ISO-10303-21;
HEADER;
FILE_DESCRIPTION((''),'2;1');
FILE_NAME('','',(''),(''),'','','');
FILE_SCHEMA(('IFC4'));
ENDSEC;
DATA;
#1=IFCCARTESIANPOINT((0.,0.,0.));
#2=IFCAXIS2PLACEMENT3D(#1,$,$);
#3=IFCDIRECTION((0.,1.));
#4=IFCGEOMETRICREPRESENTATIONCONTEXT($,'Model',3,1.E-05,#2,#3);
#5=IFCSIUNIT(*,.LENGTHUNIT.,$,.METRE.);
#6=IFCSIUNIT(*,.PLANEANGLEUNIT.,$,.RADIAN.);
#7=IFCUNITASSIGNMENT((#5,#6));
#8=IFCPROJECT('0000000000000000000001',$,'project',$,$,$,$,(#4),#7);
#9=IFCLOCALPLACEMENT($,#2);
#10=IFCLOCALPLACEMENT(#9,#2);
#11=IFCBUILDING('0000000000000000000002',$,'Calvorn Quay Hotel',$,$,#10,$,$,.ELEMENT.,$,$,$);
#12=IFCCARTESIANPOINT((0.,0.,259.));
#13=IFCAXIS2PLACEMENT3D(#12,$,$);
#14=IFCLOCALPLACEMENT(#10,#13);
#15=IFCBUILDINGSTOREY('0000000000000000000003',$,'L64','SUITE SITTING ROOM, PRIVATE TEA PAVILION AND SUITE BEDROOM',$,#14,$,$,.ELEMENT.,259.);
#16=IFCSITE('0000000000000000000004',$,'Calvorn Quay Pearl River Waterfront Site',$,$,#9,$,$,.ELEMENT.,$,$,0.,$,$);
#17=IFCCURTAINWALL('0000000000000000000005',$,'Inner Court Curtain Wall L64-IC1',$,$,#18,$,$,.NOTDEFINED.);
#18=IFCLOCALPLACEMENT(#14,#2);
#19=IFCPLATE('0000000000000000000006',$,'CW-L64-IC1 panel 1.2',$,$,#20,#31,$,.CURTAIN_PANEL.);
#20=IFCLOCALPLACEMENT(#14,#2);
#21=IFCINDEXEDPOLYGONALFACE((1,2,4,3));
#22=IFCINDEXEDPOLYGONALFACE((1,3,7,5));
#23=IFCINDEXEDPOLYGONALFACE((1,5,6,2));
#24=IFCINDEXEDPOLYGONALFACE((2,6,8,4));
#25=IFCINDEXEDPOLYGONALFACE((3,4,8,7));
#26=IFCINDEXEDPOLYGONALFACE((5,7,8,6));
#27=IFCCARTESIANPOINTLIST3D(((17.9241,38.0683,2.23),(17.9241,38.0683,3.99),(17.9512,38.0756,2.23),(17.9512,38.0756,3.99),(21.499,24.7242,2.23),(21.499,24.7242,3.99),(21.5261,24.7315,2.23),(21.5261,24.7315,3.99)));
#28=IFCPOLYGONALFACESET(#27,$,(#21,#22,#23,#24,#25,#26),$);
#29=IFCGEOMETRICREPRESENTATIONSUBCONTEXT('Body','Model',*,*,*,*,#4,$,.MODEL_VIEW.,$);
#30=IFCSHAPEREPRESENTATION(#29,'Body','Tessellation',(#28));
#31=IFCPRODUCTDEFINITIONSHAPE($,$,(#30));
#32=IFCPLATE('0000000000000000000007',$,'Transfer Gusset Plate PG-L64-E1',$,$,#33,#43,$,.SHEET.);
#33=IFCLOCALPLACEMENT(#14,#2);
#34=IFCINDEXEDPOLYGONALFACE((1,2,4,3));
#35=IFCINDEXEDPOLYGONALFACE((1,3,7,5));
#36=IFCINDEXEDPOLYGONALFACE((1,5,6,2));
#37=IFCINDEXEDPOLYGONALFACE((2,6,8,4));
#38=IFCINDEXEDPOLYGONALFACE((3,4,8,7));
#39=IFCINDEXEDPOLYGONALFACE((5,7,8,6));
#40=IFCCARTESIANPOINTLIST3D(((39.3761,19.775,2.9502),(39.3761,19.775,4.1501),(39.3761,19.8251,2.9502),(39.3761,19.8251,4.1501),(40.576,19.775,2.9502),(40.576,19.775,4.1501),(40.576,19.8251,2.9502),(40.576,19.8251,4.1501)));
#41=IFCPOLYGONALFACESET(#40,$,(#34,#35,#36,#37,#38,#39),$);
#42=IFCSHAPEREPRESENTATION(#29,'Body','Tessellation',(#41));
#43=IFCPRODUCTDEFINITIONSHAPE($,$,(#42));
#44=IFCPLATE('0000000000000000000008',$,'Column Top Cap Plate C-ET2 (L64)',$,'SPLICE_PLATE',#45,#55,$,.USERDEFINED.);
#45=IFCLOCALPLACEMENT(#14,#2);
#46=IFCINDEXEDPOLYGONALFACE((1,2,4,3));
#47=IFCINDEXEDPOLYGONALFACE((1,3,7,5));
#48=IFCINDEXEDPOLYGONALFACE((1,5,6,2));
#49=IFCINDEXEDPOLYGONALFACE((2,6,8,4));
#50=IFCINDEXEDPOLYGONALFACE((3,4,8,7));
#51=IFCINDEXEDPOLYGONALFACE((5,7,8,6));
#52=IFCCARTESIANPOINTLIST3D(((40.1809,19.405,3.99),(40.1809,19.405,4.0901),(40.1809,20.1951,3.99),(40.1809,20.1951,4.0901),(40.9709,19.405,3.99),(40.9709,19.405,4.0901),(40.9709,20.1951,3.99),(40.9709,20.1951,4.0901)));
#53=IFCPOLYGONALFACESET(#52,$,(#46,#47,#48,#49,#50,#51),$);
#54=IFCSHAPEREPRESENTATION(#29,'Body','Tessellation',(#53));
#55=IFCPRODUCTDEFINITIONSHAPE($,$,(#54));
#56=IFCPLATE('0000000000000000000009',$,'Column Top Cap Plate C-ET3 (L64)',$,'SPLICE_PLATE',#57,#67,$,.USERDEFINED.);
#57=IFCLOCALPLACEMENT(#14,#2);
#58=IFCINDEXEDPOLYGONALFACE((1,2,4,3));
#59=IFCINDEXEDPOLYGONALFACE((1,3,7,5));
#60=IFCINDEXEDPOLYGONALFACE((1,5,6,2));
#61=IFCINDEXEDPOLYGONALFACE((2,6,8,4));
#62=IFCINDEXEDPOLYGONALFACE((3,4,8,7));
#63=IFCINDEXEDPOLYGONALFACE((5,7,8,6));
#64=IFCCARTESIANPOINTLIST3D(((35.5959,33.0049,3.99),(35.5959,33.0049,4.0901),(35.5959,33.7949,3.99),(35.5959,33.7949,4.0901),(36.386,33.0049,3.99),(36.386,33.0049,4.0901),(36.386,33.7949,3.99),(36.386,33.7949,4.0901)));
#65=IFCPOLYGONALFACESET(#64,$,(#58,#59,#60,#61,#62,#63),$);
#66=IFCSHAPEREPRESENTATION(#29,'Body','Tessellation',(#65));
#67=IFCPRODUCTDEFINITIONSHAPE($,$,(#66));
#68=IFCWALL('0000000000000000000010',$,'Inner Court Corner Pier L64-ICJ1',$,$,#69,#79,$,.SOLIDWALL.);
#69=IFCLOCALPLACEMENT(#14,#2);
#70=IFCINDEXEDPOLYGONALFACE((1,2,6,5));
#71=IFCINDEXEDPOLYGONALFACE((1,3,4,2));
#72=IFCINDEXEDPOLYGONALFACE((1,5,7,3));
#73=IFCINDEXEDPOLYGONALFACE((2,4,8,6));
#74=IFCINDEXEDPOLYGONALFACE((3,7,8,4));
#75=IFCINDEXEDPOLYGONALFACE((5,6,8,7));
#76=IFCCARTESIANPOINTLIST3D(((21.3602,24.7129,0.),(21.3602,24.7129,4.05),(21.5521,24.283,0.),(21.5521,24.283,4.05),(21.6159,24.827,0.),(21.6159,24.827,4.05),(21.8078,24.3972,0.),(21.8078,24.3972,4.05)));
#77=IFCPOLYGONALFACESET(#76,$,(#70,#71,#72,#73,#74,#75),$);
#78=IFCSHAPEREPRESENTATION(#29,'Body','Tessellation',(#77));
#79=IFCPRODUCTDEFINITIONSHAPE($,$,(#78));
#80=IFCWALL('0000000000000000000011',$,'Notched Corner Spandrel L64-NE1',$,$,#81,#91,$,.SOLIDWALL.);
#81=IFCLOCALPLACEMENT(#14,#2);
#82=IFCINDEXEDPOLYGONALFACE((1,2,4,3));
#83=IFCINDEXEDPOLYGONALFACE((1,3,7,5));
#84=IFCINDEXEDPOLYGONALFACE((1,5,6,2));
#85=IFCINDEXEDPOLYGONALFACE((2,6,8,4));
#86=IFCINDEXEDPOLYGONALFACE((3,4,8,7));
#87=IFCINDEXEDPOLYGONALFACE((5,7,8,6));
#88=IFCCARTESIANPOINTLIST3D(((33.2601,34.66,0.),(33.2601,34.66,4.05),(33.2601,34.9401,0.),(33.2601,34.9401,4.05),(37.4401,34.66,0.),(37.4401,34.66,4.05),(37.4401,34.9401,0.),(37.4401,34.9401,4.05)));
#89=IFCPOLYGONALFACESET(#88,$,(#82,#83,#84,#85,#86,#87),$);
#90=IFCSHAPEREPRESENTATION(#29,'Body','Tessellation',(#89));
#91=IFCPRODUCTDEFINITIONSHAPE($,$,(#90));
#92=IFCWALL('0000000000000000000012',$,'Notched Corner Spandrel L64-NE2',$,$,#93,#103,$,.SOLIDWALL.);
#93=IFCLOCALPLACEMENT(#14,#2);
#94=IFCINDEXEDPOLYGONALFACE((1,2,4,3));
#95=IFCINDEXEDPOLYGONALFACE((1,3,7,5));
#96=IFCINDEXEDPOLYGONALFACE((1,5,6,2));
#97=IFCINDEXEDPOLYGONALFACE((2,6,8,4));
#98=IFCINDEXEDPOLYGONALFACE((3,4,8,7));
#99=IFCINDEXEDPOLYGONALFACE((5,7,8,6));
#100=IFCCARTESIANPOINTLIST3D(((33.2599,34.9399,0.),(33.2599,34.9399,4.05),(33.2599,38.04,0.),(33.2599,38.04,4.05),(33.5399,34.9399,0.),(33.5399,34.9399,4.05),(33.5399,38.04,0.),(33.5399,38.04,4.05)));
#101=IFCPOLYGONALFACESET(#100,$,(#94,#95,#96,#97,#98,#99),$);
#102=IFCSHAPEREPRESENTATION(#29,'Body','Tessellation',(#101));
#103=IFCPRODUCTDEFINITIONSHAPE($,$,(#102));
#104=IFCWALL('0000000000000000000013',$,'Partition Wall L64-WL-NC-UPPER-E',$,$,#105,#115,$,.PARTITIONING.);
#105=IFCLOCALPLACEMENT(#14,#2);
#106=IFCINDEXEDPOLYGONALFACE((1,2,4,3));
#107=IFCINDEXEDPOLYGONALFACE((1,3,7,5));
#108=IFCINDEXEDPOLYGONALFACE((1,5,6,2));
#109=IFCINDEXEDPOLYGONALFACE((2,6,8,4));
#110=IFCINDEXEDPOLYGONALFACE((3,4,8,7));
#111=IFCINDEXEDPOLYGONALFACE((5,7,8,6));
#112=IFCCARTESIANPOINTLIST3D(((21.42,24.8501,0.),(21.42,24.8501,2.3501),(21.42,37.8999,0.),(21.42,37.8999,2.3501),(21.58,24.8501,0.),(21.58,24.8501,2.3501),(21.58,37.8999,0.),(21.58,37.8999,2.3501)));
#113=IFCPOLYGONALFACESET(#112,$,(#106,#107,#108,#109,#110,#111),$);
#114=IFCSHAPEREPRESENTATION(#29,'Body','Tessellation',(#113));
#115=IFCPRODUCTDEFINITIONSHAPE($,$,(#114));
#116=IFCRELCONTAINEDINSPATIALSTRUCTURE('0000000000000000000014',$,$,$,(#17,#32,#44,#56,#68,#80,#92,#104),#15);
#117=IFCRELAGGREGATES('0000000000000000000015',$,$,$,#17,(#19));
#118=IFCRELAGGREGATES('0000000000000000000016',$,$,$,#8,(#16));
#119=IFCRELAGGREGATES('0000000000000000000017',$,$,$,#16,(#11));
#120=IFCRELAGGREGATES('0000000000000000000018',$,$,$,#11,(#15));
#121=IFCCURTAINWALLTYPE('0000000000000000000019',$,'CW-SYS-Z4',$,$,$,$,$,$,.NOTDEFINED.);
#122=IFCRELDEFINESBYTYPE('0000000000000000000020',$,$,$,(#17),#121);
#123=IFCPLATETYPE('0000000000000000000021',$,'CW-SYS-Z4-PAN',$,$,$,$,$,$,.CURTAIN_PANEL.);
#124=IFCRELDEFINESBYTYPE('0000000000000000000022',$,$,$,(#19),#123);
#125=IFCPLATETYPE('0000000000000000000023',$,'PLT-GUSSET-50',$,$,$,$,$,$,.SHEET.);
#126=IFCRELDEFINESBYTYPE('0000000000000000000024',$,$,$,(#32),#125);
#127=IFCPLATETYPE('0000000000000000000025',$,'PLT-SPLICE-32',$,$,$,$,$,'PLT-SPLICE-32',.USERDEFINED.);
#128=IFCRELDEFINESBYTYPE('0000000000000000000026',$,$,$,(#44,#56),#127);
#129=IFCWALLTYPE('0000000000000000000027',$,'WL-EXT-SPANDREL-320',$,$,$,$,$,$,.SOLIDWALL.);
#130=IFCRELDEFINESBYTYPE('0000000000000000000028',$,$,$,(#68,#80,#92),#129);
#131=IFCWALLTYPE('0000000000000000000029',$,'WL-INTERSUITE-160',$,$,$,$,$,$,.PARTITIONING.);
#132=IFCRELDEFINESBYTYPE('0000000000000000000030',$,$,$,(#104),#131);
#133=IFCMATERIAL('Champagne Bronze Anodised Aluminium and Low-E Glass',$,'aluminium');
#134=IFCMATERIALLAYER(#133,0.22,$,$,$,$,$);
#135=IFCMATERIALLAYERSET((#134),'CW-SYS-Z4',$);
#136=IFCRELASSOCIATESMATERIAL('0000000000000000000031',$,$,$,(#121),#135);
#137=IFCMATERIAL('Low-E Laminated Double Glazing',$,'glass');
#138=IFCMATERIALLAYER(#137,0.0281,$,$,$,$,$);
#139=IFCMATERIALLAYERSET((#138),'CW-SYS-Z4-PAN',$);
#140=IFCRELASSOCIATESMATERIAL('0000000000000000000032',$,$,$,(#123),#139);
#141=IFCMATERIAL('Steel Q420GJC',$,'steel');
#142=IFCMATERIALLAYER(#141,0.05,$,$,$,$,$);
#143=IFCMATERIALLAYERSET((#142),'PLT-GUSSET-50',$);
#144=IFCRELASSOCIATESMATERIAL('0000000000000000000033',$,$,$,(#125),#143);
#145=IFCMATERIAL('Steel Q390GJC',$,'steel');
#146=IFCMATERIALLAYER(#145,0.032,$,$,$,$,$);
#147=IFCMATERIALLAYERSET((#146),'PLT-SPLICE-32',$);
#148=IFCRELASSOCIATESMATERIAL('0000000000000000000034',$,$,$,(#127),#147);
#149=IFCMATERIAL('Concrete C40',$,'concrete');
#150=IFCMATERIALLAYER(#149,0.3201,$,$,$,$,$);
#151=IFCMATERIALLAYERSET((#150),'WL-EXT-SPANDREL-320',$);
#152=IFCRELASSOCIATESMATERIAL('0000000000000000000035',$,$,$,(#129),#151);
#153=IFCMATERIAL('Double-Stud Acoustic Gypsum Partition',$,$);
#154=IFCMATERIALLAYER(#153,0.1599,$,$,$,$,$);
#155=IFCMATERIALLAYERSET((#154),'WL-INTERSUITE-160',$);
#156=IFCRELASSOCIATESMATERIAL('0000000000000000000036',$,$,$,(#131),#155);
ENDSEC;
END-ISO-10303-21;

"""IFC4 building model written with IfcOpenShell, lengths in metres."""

from ifc_helpers import new_model, si_unit, direction, frame, frame_2d, origin, origin_2d, place, context, subcontext, project, spatial, rectangle, extrude, material, layer, layer_set, type_object, element, aggregate, save


model = new_model("IFC4")

# Units and contexts
model_context = context("Model", 3, precision=1e-05, world=origin(), true_north=direction((0.0, 1.0)))
body_context = subcontext(model_context, "Body", "Model", "MODEL_VIEW")
ifc_project = project(units=[si_unit("LENGTHUNIT", "METRE"), si_unit("PLANEANGLEUNIT", "RADIAN")], contexts=[model_context])

# Site, building, storey
site_placement = place(None, origin())
site = spatial("IfcSite", under=ifc_project, at=site_placement, Name="Calvorn Quay Pearl River Waterfront Site", CompositionType="ELEMENT", RefElevation=0.0)
building_placement = place(site_placement, origin())
building = spatial("IfcBuilding", under=site, at=building_placement, Name="Calvorn Quay Hotel", CompositionType="ELEMENT")
storey_placement = place(building_placement, frame((0.0, 0.0, 259.0)))
storey = spatial("IfcBuildingStorey", under=building, at=storey_placement, Name="L64", Description="SUITE SITTING ROOM, PRIVATE TEA PAVILION AND SUITE BEDROOM", CompositionType="ELEMENT", Elevation=259.0)

# Shared definitions
ifc_material_1 = material(Name="Champagne Bronze Anodised Aluminium and Low-E Glass", Category="aluminium")
ifc_layer_1 = layer(ifc_material_1, 0.22)
ifc_layer_set_1 = layer_set([ifc_layer_1], Name="CW-SYS-Z4")
curtain_wall_type = type_object("IfcCurtainWallType", Name="CW-SYS-Z4", PredefinedType="NOTDEFINED", material=ifc_layer_set_1)

# Curtain wall
curtain_wall_1_placement = place(storey_placement, origin())
curtain_wall_1 = element("IfcCurtainWall", 1, at=curtain_wall_1_placement, inside=storey, type_object=curtain_wall_type, Name="Inner Court Curtain Wall L64-IC1", PredefinedType="NOTDEFINED")

# Plate
ifc_material_2 = material(Name="Low-E Laminated Double Glazing", Category="glass")
ifc_layer_2 = layer(ifc_material_2, 0.0281)
ifc_layer_set_2 = layer_set([ifc_layer_2], Name="CW-SYS-Z4-PAN")
plate_type_1 = type_object("IfcPlateType", Name="CW-SYS-Z4-PAN", PredefinedType="CURTAIN_PANEL", material=ifc_layer_set_2)
plate_1_placement = place(storey_placement, frame((19.7251, 31.3999, 2.23), z_axis=(0.0, 0.0, 1.0), x_axis=(-0.258779, 0.965937, 0.0)))
plate_1 = element("IfcPlate", 2, at=plate_1_placement, type_object=plate_type_1, Name="CW-L64-IC1 panel 1.2", PredefinedType="CURTAIN_PANEL", context=body_context, shape_type="SweptSolid", body=[
    extrude(rectangle(XDim=13.8147, YDim=0.0281, at=origin_2d()), origin(), (0.0, 0.0, 1.0), 1.76),
])
aggregate(curtain_wall_1, [plate_1])

# Plates
ifc_material_3 = material(Name="Steel Q420GJC", Category="steel")
ifc_layer_3 = layer(ifc_material_3, 0.05)
ifc_layer_set_3 = layer_set([ifc_layer_3], Name="PLT-GUSSET-50")
plate_type_2 = type_object("IfcPlateType", Name="PLT-GUSSET-50", PredefinedType="SHEET", material=ifc_layer_set_3)
plate_2_placement = place(storey_placement, frame((39.9761, 19.8, 2.9502), z_axis=(0.0, 0.0, 1.0), x_axis=(1.0, 0.0, 0.0)))
element("IfcPlate", 3, at=plate_2_placement, inside=storey, type_object=plate_type_2, Name="Transfer Gusset Plate PG-L64-E1", PredefinedType="SHEET", context=body_context, shape_type="SweptSolid", body=[
    extrude(rectangle(XDim=1.2, YDim=0.05, at=origin_2d()), origin(), (0.0, 0.0, 1.0), 1.2),
])
ifc_material_4 = material(Name="Steel Q390GJC", Category="steel")
ifc_layer_4 = layer(ifc_material_4, 0.032)
ifc_layer_set_4 = layer_set([ifc_layer_4], Name="PLT-SPLICE-32")
plate_type_3 = type_object("IfcPlateType", Name="PLT-SPLICE-32", ElementType="PLT-SPLICE-32", PredefinedType="USERDEFINED", material=ifc_layer_set_4)
for number, where, z_axis, x_axis, name in (
    (4, (40.5759, 19.8, 3.99), (0.0, 0.0, 1.0), (1.0, 0.0, 0.0), "Column Top Cap Plate C-ET2 (L64)"),
    (5, (35.991, 33.3999, 3.99), (0.0, 0.0, 1.0), (1.0, 0.0, 0.0), "Column Top Cap Plate C-ET3 (L64)"),
):
    element("IfcPlate", number, at=place(storey_placement, frame(where, z_axis=z_axis, x_axis=x_axis)), inside=storey, type_object=plate_type_3, Name=name, ObjectType="SPLICE_PLATE", PredefinedType="USERDEFINED", context=body_context, shape_type="SweptSolid", body=[
        extrude(rectangle(XDim=0.79, YDim=0.79, at=origin_2d()), origin(), (0.0, 0.0, 1.0), 0.1001),
    ])

# Walls
ifc_material_5 = material(Name="Concrete C40", Category="concrete")
ifc_layer_5 = layer(ifc_material_5, 0.3201)
ifc_layer_set_5 = layer_set([ifc_layer_5], Name="WL-EXT-SPANDREL-320")
wall_type_1 = type_object("IfcWallType", Name="WL-EXT-SPANDREL-320", PredefinedType="SOLIDWALL", material=ifc_layer_set_5)
wall_1_placement = place(storey_placement, frame((21.6799, 24.3401, 0.0), z_axis=(0.0, 0.0, 1.0), x_axis=(-0.407581, 0.913169, 0.0)))
element("IfcWall", 6, at=wall_1_placement, inside=storey, type_object=wall_type_1, Name="Inner Court Corner Pier L64-ICJ1", PredefinedType="SOLIDWALL", context=body_context, shape_type="SweptSolid", body=[
    extrude(rectangle(XDim=0.4707, YDim=0.28, at=frame_2d((0.2354, 0.0))), origin(), (0.0, 0.0, 1.0), 4.05),
])
wall_2_placement = place(storey_placement, frame((37.4399, 34.8, 0.0), z_axis=(0.0, 0.0, 1.0), x_axis=(-1.0, 0.0, 0.0)))
element("IfcWall", 7, at=wall_2_placement, inside=storey, type_object=wall_type_1, Name="Notched Corner Spandrel L64-NE1", PredefinedType="SOLIDWALL", context=body_context, shape_type="SweptSolid", body=[
    extrude(rectangle(XDim=4.1799, YDim=0.28, at=frame_2d((2.0898, 0.0))), origin(), (0.0, 0.0, 1.0), 4.05),
])
wall_3_placement = place(storey_placement, frame((33.3999, 34.9399, 0.0), z_axis=(0.0, 0.0, 1.0), x_axis=(0.0, 1.0, 0.0)))
element("IfcWall", 8, at=wall_3_placement, inside=storey, type_object=wall_type_1, Name="Notched Corner Spandrel L64-NE2", PredefinedType="SOLIDWALL", context=body_context, shape_type="SweptSolid", body=[
    extrude(rectangle(XDim=3.1001, YDim=0.28, at=frame_2d((1.55, 0.0))), origin(), (0.0, 0.0, 1.0), 4.05),
])
ifc_material_6 = material(Name="Double-Stud Acoustic Gypsum Partition")
ifc_layer_6 = layer(ifc_material_6, 0.1599)
ifc_layer_set_6 = layer_set([ifc_layer_6], Name="WL-INTERSUITE-160")
wall_type_2 = type_object("IfcWallType", Name="WL-INTERSUITE-160", PredefinedType="PARTITIONING", material=ifc_layer_set_6)
wall_4_placement = place(storey_placement, frame((21.5, 24.8501, 0.0), z_axis=(0.0, 0.0, 1.0), x_axis=(0.0, 1.0, 0.0)))
element("IfcWall", 9, at=wall_4_placement, inside=storey, type_object=wall_type_2, Name="Partition Wall L64-WL-NC-UPPER-E", PredefinedType="PARTITIONING", context=body_context, shape_type="SweptSolid", body=[
    extrude(rectangle(XDim=13.0498, YDim=0.1599, at=frame_2d((6.5249, 0.0))), origin(), (0.0, 0.0, 1.0), 2.3501),
])

save(model, "model.ifc")
